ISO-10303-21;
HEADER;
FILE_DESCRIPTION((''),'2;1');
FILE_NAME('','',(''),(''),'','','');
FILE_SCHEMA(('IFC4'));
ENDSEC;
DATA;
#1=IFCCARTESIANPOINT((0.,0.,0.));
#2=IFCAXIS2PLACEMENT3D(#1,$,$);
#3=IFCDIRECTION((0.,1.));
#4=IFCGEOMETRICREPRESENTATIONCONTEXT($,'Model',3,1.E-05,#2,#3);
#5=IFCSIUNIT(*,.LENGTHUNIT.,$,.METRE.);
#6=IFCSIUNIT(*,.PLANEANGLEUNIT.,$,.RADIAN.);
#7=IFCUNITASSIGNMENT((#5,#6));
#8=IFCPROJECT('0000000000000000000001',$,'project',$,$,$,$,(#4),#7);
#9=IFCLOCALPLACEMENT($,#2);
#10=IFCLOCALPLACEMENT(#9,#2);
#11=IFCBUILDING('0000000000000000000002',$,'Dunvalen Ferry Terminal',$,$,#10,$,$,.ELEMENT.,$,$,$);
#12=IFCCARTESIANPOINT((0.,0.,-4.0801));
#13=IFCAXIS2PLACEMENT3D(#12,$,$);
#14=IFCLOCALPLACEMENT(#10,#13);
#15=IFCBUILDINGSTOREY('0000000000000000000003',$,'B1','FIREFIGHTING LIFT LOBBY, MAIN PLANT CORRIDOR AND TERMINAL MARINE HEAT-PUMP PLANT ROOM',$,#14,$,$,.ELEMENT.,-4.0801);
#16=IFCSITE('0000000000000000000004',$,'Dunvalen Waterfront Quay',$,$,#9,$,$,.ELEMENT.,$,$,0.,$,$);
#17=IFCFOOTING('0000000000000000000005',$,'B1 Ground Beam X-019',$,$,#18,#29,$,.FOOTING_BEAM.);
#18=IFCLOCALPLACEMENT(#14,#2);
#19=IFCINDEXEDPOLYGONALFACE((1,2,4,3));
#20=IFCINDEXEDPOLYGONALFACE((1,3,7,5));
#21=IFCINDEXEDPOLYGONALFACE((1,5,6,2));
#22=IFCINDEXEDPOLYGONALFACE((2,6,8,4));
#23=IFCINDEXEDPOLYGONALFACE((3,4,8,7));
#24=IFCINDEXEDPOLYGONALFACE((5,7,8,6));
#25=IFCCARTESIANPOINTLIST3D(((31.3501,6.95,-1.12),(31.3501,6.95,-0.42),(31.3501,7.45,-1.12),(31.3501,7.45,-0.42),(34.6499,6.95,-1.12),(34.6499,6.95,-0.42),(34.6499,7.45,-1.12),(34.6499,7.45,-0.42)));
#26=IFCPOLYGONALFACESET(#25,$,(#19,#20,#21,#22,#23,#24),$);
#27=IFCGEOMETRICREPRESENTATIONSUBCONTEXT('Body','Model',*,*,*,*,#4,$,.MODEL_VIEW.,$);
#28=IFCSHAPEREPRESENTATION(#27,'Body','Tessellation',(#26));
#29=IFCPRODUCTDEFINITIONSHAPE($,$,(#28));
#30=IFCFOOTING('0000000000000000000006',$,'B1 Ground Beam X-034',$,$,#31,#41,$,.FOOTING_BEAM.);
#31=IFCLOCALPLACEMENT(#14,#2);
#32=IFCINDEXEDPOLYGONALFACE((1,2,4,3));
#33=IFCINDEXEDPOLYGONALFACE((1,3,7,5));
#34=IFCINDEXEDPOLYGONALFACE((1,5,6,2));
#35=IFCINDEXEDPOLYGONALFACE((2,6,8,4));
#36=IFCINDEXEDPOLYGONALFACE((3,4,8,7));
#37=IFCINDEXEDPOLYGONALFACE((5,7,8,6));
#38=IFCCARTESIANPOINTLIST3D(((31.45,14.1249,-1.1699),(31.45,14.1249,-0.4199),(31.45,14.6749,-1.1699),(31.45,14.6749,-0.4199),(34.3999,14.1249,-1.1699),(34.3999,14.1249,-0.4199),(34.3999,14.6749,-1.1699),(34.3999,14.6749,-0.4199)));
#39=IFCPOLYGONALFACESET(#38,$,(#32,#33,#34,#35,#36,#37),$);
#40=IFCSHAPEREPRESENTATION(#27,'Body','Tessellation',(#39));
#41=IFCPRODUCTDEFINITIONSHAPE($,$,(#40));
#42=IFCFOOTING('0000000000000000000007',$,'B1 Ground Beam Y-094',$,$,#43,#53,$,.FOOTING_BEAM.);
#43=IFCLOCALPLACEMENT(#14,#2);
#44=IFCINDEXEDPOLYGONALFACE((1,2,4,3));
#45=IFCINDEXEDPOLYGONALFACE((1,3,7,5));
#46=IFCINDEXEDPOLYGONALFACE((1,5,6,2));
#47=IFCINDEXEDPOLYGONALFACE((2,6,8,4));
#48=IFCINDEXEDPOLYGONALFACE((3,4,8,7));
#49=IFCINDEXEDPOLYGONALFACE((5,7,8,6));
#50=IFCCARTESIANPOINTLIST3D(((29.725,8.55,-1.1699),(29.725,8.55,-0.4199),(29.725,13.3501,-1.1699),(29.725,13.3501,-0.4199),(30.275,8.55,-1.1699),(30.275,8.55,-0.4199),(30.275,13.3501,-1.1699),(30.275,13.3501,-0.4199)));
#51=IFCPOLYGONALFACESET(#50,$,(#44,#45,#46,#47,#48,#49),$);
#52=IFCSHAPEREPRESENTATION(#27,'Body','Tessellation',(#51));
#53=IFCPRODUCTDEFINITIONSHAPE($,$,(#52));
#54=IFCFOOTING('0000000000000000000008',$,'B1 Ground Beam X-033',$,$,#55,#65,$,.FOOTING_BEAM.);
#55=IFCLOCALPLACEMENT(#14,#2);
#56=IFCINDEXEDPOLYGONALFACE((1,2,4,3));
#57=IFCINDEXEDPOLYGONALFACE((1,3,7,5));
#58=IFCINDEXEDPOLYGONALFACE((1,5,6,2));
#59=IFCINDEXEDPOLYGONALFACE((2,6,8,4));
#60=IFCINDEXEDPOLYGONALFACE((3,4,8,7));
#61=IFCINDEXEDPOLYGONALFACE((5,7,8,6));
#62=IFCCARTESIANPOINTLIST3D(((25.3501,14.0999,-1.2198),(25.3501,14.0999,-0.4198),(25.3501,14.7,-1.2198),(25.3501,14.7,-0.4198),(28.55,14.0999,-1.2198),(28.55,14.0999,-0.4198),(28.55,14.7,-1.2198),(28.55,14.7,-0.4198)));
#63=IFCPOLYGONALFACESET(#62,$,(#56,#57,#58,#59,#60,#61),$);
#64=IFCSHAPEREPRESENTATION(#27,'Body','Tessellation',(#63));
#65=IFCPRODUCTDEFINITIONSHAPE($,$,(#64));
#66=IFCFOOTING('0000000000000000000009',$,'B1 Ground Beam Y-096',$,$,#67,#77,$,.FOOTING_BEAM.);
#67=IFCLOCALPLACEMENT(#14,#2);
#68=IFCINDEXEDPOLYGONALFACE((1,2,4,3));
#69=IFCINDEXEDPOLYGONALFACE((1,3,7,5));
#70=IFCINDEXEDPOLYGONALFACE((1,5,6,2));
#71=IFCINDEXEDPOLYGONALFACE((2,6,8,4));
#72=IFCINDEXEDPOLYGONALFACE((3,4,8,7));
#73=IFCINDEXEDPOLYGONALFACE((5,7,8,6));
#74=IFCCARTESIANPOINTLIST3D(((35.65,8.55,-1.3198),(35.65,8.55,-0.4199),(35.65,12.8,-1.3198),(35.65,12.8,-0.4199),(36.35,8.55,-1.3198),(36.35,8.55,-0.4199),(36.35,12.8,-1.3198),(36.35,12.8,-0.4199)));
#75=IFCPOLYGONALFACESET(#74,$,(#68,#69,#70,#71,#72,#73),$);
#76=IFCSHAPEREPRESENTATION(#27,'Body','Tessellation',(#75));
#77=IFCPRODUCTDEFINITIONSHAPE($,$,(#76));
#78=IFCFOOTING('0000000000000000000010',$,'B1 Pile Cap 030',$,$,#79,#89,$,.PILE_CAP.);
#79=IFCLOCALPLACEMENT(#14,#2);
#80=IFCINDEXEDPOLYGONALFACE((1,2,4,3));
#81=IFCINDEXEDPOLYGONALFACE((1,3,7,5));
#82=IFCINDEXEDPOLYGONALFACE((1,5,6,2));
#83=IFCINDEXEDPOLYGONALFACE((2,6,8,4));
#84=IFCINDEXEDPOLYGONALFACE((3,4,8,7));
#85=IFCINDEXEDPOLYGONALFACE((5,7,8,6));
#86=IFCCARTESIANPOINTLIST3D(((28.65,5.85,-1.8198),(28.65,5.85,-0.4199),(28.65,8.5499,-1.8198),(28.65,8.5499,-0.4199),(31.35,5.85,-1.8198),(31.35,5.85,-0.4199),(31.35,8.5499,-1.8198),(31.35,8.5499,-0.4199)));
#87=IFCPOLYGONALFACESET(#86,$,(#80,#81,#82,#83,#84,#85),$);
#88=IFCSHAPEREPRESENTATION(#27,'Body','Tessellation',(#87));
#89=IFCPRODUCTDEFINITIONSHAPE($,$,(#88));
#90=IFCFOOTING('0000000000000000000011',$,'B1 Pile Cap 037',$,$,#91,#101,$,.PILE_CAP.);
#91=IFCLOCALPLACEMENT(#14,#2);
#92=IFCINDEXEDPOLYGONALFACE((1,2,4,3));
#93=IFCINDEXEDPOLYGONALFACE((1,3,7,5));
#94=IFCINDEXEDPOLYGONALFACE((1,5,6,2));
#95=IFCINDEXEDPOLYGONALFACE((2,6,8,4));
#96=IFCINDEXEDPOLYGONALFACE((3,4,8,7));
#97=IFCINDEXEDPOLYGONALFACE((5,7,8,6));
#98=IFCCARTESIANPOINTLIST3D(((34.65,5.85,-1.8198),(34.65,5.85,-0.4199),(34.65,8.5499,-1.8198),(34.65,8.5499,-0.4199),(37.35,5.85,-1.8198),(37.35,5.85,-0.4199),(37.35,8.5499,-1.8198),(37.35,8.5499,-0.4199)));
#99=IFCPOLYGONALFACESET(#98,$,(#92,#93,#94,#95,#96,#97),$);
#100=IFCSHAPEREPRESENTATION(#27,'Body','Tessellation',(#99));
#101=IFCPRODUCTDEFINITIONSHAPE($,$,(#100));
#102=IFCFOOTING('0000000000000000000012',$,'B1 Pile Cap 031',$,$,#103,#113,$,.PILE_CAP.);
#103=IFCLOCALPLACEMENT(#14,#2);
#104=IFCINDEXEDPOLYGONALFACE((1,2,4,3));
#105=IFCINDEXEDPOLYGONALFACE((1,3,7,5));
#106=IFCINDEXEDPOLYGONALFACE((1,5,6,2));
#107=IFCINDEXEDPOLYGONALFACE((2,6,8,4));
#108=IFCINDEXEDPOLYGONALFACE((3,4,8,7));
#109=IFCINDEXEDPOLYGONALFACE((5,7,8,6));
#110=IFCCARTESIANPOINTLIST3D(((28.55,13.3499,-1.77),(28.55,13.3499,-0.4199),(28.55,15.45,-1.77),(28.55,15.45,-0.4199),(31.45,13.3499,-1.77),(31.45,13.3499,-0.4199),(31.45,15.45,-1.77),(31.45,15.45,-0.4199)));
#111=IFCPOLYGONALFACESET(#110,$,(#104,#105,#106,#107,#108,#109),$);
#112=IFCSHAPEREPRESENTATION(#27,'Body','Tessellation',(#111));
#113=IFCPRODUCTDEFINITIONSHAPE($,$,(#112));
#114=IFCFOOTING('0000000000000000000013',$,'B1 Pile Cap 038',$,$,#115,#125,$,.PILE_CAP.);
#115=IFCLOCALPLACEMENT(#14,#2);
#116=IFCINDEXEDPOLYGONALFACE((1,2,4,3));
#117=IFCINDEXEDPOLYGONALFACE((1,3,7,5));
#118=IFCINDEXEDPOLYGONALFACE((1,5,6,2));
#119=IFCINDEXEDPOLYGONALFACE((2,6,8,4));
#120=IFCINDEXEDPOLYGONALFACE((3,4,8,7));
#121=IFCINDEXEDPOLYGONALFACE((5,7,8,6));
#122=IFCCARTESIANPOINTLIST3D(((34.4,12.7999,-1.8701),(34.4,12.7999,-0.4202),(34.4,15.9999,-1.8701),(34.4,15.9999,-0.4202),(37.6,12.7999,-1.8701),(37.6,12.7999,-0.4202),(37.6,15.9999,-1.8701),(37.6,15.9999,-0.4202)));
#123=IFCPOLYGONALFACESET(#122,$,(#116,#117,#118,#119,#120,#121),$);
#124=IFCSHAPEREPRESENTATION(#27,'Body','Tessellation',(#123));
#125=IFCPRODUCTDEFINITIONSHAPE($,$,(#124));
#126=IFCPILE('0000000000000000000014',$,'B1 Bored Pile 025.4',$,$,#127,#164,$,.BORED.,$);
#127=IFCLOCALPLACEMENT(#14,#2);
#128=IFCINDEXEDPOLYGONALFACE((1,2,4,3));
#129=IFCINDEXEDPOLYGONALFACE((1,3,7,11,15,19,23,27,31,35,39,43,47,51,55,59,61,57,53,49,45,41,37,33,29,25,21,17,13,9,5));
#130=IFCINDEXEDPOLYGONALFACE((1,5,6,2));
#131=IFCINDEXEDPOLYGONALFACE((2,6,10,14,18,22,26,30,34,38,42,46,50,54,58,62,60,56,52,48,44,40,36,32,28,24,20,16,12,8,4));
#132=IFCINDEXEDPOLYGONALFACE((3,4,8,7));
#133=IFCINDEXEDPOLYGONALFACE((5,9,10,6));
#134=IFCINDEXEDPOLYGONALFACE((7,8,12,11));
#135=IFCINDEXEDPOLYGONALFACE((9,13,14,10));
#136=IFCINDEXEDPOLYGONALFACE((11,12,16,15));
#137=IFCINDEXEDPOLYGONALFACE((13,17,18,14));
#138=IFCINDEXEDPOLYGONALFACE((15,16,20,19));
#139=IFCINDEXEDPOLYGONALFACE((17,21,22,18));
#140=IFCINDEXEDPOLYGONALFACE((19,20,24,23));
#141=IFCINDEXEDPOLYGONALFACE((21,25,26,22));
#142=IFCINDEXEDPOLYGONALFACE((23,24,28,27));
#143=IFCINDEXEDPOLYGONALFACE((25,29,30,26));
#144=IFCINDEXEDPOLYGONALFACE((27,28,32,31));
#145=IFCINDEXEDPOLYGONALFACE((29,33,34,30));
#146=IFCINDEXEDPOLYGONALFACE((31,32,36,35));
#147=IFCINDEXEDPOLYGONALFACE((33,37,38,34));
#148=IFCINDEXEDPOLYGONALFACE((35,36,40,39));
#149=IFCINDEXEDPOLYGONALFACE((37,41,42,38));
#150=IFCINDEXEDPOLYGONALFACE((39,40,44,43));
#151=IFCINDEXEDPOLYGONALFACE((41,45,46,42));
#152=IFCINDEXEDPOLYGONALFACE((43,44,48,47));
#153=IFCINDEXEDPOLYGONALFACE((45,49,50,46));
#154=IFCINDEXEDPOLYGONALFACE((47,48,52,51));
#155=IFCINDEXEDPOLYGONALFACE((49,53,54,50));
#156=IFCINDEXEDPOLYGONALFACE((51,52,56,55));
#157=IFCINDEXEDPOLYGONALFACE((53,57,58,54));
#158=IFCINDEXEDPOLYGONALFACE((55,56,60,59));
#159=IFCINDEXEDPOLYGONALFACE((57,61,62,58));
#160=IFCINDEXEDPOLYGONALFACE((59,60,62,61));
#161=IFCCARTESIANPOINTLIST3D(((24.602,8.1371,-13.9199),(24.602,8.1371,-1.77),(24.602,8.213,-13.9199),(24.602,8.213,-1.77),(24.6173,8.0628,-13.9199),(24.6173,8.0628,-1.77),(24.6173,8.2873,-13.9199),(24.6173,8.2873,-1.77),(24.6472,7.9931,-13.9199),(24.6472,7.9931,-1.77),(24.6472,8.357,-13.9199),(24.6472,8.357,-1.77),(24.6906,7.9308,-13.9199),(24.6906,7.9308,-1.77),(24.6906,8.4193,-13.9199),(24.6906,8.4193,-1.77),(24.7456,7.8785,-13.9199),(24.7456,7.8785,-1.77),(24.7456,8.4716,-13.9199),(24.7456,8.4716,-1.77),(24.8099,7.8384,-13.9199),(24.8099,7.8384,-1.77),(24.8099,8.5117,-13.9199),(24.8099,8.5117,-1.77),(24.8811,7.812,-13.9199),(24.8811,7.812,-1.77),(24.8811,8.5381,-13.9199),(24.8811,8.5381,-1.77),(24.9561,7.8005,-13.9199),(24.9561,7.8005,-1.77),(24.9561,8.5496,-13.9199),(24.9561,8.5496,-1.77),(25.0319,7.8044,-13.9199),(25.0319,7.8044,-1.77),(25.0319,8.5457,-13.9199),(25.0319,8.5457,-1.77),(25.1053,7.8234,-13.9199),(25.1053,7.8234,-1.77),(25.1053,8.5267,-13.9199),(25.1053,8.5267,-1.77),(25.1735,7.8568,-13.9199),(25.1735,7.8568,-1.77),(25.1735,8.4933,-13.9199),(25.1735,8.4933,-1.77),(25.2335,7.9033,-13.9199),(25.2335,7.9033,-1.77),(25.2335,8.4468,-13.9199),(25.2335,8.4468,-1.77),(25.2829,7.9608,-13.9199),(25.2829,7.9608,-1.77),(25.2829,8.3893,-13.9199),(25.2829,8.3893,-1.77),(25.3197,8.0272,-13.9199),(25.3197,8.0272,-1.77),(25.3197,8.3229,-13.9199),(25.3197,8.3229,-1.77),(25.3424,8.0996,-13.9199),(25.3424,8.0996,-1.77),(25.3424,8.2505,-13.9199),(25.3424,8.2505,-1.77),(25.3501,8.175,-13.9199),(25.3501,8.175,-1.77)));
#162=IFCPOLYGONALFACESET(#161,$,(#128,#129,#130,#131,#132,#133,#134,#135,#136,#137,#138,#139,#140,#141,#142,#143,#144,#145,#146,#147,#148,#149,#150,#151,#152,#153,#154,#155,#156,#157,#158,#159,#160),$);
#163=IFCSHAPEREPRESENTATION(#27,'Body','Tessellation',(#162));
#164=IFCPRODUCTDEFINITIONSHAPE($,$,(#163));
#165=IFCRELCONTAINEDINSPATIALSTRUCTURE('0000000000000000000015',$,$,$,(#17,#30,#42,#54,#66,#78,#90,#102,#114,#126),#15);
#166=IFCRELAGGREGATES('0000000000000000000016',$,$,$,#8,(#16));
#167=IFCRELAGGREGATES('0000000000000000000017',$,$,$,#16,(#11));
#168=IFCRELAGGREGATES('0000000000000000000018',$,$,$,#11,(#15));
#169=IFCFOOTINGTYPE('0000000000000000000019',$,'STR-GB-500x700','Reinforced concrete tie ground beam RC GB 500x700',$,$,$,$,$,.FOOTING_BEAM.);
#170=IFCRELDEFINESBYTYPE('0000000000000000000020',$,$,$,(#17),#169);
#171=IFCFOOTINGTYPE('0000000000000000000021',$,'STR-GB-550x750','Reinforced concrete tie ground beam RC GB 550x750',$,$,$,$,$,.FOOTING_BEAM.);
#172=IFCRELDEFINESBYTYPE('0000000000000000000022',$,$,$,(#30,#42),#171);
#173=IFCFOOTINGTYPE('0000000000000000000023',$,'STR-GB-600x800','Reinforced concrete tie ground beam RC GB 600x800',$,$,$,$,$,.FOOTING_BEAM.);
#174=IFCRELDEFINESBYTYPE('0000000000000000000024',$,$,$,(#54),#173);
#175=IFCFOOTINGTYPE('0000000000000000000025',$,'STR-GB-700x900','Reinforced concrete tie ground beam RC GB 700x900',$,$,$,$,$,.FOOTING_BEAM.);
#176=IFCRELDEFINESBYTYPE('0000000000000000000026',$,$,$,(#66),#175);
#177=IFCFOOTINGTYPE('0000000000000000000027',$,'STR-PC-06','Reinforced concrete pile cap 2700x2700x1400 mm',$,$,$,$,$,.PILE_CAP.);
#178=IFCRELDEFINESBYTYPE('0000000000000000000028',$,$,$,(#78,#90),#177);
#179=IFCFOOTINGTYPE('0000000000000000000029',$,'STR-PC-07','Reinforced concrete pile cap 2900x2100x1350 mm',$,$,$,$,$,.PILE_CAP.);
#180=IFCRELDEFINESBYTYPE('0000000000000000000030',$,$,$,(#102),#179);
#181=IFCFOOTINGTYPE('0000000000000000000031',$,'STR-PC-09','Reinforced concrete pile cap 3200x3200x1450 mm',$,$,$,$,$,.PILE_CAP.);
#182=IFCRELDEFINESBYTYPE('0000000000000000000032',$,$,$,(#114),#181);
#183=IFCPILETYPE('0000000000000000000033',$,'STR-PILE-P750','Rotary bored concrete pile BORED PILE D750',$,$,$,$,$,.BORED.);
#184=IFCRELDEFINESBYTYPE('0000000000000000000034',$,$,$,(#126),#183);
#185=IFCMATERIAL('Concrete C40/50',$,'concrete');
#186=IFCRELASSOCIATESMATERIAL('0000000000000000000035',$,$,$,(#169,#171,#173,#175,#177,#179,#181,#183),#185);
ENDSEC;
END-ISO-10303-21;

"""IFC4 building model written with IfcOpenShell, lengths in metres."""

from ifc_helpers import new_model, si_unit, direction, frame, origin, origin_2d, place, context, subcontext, project, spatial, rectangle, circle, extrude, material, material_profile, profile_set, type_object, element, save


model = new_model("IFC4")

# Units and contexts
model_context = context("Model", 3, precision=1e-05, world=origin(), true_north=direction((0.0, 1.0)))
body_context = subcontext(model_context, "Body", "Model", "MODEL_VIEW")
ifc_project = project(units=[si_unit("LENGTHUNIT", "METRE"), si_unit("PLANEANGLEUNIT", "RADIAN")], contexts=[model_context])

# Site, building, storey
site_placement = place(None, origin())
site = spatial("IfcSite", under=ifc_project, at=site_placement, Name="Dunvalen Waterfront Quay", CompositionType="ELEMENT", RefElevation=0.0)
building_placement = place(site_placement, origin())
building = spatial("IfcBuilding", under=site, at=building_placement, Name="Dunvalen Ferry Terminal", CompositionType="ELEMENT")
storey_placement = place(building_placement, frame((0.0, 0.0, -4.0801)))
storey = spatial("IfcBuildingStorey", under=building, at=storey_placement, Name="B1", Description="FIREFIGHTING LIFT LOBBY, MAIN PLANT CORRIDOR AND TERMINAL MARINE HEAT-PUMP PLANT ROOM", CompositionType="ELEMENT", Elevation=-4.0801)

# Footings
ifc_material_1 = material(Name="Concrete C40/50", Category="concrete")
ifc_material_profile_1 = material_profile(ifc_material_1, rectangle(XDim=0.5, YDim=0.7, at=origin_2d()), Name="Concrete C40/50")
ifc_profile_set_1 = profile_set([ifc_material_profile_1], Name="Concrete C40/50")
footing_type_1 = type_object("IfcFootingType", Name="STR-GB-500x700", Description="Reinforced concrete tie ground beam RC GB 500x700", PredefinedType="FOOTING_BEAM", material=ifc_profile_set_1)
footing_1_placement = place(storey_placement, frame((31.3501, 7.2, -0.77), z_axis=(1.0, 0.0, 0.0), x_axis=(0.0, 1.0, 0.0)))
element("IfcFooting", 1, at=footing_1_placement, inside=storey, type_object=footing_type_1, Name="B1 Ground Beam X-019", PredefinedType="FOOTING_BEAM", context=body_context, shape_type="SweptSolid", body=[
    extrude(rectangle(XDim=0.5, YDim=0.7, at=origin_2d()), origin(), (0.0, 0.0, 1.0), 3.2998),
])
ifc_material_profile_2 = material_profile(ifc_material_1, rectangle(XDim=0.55, YDim=0.75, at=origin_2d()), Name="Concrete C40/50")
ifc_profile_set_2 = profile_set([ifc_material_profile_2], Name="Concrete C40/50")
footing_type_2 = type_object("IfcFootingType", Name="STR-GB-550x750", Description="Reinforced concrete tie ground beam RC GB 550x750", PredefinedType="FOOTING_BEAM", material=ifc_profile_set_2)
footing_2_placement = place(storey_placement, frame((31.45, 14.3999, -0.7949), z_axis=(1.0, 0.0, 0.0), x_axis=(0.0, 1.0, 0.0)))
element("IfcFooting", 2, at=footing_2_placement, inside=storey, type_object=footing_type_2, Name="B1 Ground Beam X-034", PredefinedType="FOOTING_BEAM", context=body_context, shape_type="SweptSolid", body=[
    extrude(rectangle(XDim=0.55, YDim=0.75, at=origin_2d()), origin(), (0.0, 0.0, 1.0), 2.95),
])
footing_3_placement = place(storey_placement, frame((30.0, 8.55, -0.7949), z_axis=(0.0, 1.0, 0.0), x_axis=(-1.0, 0.0, 0.0)))
element("IfcFooting", 3, at=footing_3_placement, inside=storey, type_object=footing_type_2, Name="B1 Ground Beam Y-094", PredefinedType="FOOTING_BEAM", context=body_context, shape_type="SweptSolid", body=[
    extrude(rectangle(XDim=0.55, YDim=0.75, at=origin_2d()), origin(), (0.0, 0.0, 1.0), 4.8),
])
ifc_material_profile_3 = material_profile(ifc_material_1, rectangle(XDim=0.6001, YDim=0.8, at=origin_2d()), Name="Concrete C40/50")
ifc_profile_set_3 = profile_set([ifc_material_profile_3], Name="Concrete C40/50")
footing_type_3 = type_object("IfcFootingType", Name="STR-GB-600x800", Description="Reinforced concrete tie ground beam RC GB 600x800", PredefinedType="FOOTING_BEAM", material=ifc_profile_set_3)
footing_4_placement = place(storey_placement, frame((25.3501, 14.3999, -0.8198), z_axis=(1.0, 0.0, 0.0), x_axis=(0.0, 1.0, 0.0)))
element("IfcFooting", 4, at=footing_4_placement, inside=storey, type_object=footing_type_3, Name="B1 Ground Beam X-033", PredefinedType="FOOTING_BEAM", context=body_context, shape_type="SweptSolid", body=[
    extrude(rectangle(XDim=0.6001, YDim=0.8, at=origin_2d()), origin(), (0.0, 0.0, 1.0), 3.2),
])
ifc_material_profile_4 = material_profile(ifc_material_1, rectangle(XDim=0.7, YDim=0.8999, at=origin_2d()), Name="Concrete C40/50")
ifc_profile_set_4 = profile_set([ifc_material_profile_4], Name="Concrete C40/50")
footing_type_4 = type_object("IfcFootingType", Name="STR-GB-700x900", Description="Reinforced concrete tie ground beam RC GB 700x900", PredefinedType="FOOTING_BEAM", material=ifc_profile_set_4)
footing_5_placement = place(storey_placement, frame((36.0, 8.55, -0.8699), z_axis=(0.0, 1.0, 0.0), x_axis=(-1.0, 0.0, 0.0)))
element("IfcFooting", 5, at=footing_5_placement, inside=storey, type_object=footing_type_4, Name="B1 Ground Beam Y-096", PredefinedType="FOOTING_BEAM", context=body_context, shape_type="SweptSolid", body=[
    extrude(rectangle(XDim=0.7, YDim=0.8999, at=origin_2d()), origin(), (0.0, 0.0, 1.0), 4.25),
])
footing_type_5 = type_object("IfcFootingType", Name="STR-PC-06", Description="Reinforced concrete pile cap 2700x2700x1400 mm", PredefinedType="PILE_CAP", material=ifc_material_1)
for number, where, z_axis, x_axis, name in (
    (6, (30.0, 7.2, -1.8198), (0.0, 0.0, 1.0), (1.0, 0.0, 0.0), "B1 Pile Cap 030"),
    (7, (36.0, 7.2, -1.8198), (0.0, 0.0, 1.0), (1.0, 0.0, 0.0), "B1 Pile Cap 037"),
):
    element("IfcFooting", number, at=place(storey_placement, frame(where, z_axis=z_axis, x_axis=x_axis)), inside=storey, type_object=footing_type_5, Name=name, PredefinedType="PILE_CAP", context=body_context, shape_type="SweptSolid", body=[
        extrude(rectangle(XDim=2.7, YDim=2.7, at=origin_2d()), origin(), (0.0, 0.0, 1.0), 1.3999),
    ])
footing_type_6 = type_object("IfcFootingType", Name="STR-PC-07", Description="Reinforced concrete pile cap 2900x2100x1350 mm", PredefinedType="PILE_CAP", material=ifc_material_1)
footing_6_placement = place(storey_placement, frame((30.0, 14.3999, -1.77), z_axis=(0.0, 0.0, 1.0), x_axis=(1.0, 0.0, 0.0)))
element("IfcFooting", 8, at=footing_6_placement, inside=storey, type_object=footing_type_6, Name="B1 Pile Cap 031", PredefinedType="PILE_CAP", context=body_context, shape_type="SweptSolid", body=[
    extrude(rectangle(XDim=2.8999, YDim=2.1001, at=origin_2d()), origin(), (0.0, 0.0, 1.0), 1.3501),
])
footing_type_7 = type_object("IfcFootingType", Name="STR-PC-09", Description="Reinforced concrete pile cap 3200x3200x1450 mm", PredefinedType="PILE_CAP", material=ifc_material_1)
footing_7_placement = place(storey_placement, frame((36.0, 14.3999, -1.8701), z_axis=(0.0, 0.0, 1.0), x_axis=(1.0, 0.0, 0.0)))
element("IfcFooting", 9, at=footing_7_placement, inside=storey, type_object=footing_type_7, Name="B1 Pile Cap 038", PredefinedType="PILE_CAP", context=body_context, shape_type="SweptSolid", body=[
    extrude(rectangle(XDim=3.2, YDim=3.2, at=origin_2d()), origin(), (0.0, 0.0, 1.0), 1.45),
])

# Pile
ifc_material_profile_5 = material_profile(ifc_material_1, circle(Radius=0.375, at=origin_2d()), Name="Concrete C40/50")
ifc_profile_set_5 = profile_set([ifc_material_profile_5], Name="Concrete C40/50")
pile_type = type_object("IfcPileType", Name="STR-PILE-P750", Description="Rotary bored concrete pile BORED PILE D750", PredefinedType="BORED", material=ifc_profile_set_5)
pile_1_placement = place(storey_placement, frame((24.9751, 8.175, -1.77), z_axis=(0.0, 0.0, -1.0), x_axis=(1.0, 0.0, 0.0)))
element("IfcPile", 10, at=pile_1_placement, inside=storey, type_object=pile_type, Name="B1 Bored Pile 025.4", PredefinedType="BORED", context=body_context, shape_type="SweptSolid", body=[
    extrude(circle(Radius=0.375, at=origin_2d()), origin(), (0.0, 0.0, 1.0), 12.1499),
])

save(model, "model.ifc")
